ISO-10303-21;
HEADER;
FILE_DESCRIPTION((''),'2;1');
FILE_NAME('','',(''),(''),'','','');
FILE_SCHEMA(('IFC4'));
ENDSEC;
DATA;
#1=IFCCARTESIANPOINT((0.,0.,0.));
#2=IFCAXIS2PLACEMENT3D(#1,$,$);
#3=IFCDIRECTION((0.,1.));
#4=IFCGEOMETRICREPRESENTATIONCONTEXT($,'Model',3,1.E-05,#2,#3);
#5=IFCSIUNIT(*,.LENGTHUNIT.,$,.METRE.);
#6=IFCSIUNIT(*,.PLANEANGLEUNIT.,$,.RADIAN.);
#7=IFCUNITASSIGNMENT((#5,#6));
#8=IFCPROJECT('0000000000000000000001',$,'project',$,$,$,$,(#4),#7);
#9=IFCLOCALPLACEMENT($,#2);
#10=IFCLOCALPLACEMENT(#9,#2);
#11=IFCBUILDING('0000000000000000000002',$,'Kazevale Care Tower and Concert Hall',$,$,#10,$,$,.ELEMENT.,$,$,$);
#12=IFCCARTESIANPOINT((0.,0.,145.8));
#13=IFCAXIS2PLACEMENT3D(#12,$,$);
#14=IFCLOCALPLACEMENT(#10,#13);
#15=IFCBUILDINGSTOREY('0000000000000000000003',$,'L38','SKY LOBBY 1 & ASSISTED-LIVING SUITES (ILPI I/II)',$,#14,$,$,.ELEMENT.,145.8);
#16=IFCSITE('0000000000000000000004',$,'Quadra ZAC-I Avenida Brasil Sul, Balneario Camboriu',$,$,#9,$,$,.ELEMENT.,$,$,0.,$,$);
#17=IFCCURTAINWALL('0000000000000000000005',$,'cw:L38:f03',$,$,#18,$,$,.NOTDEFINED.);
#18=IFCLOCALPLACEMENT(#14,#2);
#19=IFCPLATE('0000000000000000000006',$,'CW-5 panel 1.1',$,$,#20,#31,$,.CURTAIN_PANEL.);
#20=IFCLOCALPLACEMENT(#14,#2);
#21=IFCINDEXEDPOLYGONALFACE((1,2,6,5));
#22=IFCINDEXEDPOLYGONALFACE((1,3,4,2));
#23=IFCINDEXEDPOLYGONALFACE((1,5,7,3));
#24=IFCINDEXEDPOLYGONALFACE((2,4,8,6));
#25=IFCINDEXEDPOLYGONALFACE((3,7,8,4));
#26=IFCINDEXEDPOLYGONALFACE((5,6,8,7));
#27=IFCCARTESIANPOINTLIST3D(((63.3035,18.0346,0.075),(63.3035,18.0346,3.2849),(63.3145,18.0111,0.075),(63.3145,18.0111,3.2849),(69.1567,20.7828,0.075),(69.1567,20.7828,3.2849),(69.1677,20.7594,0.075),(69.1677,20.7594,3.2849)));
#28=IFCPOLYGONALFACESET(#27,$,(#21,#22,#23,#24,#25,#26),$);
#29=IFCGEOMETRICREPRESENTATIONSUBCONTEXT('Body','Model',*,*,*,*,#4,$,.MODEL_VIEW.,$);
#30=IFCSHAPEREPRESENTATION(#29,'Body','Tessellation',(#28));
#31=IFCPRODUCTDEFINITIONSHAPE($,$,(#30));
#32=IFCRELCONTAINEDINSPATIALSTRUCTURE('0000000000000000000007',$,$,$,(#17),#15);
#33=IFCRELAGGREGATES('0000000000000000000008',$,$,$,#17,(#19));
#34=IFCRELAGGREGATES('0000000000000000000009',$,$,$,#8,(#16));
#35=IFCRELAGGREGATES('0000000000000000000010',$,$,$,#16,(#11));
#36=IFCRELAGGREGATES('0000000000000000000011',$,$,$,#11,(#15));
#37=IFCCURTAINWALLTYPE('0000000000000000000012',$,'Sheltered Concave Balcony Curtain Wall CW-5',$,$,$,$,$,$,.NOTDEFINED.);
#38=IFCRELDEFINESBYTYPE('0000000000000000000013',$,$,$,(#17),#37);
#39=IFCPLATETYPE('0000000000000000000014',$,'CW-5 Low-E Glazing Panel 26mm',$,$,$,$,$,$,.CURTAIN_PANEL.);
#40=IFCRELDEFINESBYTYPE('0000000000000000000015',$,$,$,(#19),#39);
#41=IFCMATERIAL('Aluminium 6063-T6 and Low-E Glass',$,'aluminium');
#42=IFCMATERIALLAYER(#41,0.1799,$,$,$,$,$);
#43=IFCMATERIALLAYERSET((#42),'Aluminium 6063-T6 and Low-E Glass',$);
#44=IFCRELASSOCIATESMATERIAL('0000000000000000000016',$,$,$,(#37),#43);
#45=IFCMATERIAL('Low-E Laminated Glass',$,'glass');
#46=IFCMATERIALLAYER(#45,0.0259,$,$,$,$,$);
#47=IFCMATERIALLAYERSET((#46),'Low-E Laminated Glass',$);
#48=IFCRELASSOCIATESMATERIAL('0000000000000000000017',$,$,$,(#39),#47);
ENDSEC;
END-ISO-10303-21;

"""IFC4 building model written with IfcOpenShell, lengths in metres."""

from ifc_helpers import new_model, si_unit, direction, frame, origin, origin_2d, place, context, subcontext, project, spatial, rectangle, extrude, material, layer, layer_set, type_object, element, aggregate, save


model = new_model("IFC4")

# Units and contexts
model_context = context("Model", 3, precision=1e-05, world=origin(), true_north=direction((0.0, 1.0)))
body_context = subcontext(model_context, "Body", "Model", "MODEL_VIEW")
ifc_project = project(units=[si_unit("LENGTHUNIT", "METRE"), si_unit("PLANEANGLEUNIT", "RADIAN")], contexts=[model_context])

# Site, building, storey
site_placement = place(None, origin())
site = spatial("IfcSite", under=ifc_project, at=site_placement, Name="Quadra ZAC-I Avenida Brasil Sul, Balneario Camboriu", CompositionType="ELEMENT", RefElevation=0.0)
building_placement = place(site_placement, origin())
building = spatial("IfcBuilding", under=site, at=building_placement, Name="Kazevale Care Tower and Concert Hall", CompositionType="ELEMENT")
storey_placement = place(building_placement, frame((0.0, 0.0, 145.8)))
storey = spatial("IfcBuildingStorey", under=building, at=storey_placement, Name="L38", Description="SKY LOBBY 1 & ASSISTED-LIVING SUITES (ILPI I/II)", CompositionType="ELEMENT", Elevation=145.8)

# Shared definitions
ifc_material_1 = material(Name="Aluminium 6063-T6 and Low-E Glass", Category="aluminium")

# Curtain wall
ifc_layer_1 = layer(ifc_material_1, 0.1799)
ifc_layer_set_1 = layer_set([ifc_layer_1], Name="Aluminium 6063-T6 and Low-E Glass")
curtain_wall_type_1 = type_object("IfcCurtainWallType", Name="Sheltered Concave Balcony Curtain Wall CW-5", PredefinedType="NOTDEFINED", material=ifc_layer_set_1)
curtain_wall_1_placement = place(storey_placement, origin())
curtain_wall_1 = element("IfcCurtainWall", 1, at=curtain_wall_1_placement, inside=storey, type_object=curtain_wall_type_1, Name="cw:L38:f03", PredefinedType="NOTDEFINED")

# Plate
ifc_material_2 = material(Name="Low-E Laminated Glass", Category="glass")
ifc_layer_2 = layer(ifc_material_2, 0.0259)
ifc_layer_set_2 = layer_set([ifc_layer_2], Name="Low-E Laminated Glass")
plate_type = type_object("IfcPlateType", Name="CW-5 Low-E Glazing Panel 26mm", PredefinedType="CURTAIN_PANEL", material=ifc_layer_set_2)
plate_1_placement = place(storey_placement, frame((66.2356, 19.397, 0.075), z_axis=(0.0, 0.0, 1.0), x_axis=(-0.905188, -0.425011, 0.0)))
plate_1 = element("IfcPlate", 2, at=plate_1_placement, type_object=plate_type, Name="CW-5 panel 1.1", PredefinedType="CURTAIN_PANEL", context=body_context, shape_type="SweptSolid", body=[
    extrude(rectangle(XDim=6.4663, YDim=0.0259, at=origin_2d()), origin(), (0.0, 0.0, 1.0), 3.21),
])
aggregate(curtain_wall_1, [plate_1])

save(model, "model.ifc")
